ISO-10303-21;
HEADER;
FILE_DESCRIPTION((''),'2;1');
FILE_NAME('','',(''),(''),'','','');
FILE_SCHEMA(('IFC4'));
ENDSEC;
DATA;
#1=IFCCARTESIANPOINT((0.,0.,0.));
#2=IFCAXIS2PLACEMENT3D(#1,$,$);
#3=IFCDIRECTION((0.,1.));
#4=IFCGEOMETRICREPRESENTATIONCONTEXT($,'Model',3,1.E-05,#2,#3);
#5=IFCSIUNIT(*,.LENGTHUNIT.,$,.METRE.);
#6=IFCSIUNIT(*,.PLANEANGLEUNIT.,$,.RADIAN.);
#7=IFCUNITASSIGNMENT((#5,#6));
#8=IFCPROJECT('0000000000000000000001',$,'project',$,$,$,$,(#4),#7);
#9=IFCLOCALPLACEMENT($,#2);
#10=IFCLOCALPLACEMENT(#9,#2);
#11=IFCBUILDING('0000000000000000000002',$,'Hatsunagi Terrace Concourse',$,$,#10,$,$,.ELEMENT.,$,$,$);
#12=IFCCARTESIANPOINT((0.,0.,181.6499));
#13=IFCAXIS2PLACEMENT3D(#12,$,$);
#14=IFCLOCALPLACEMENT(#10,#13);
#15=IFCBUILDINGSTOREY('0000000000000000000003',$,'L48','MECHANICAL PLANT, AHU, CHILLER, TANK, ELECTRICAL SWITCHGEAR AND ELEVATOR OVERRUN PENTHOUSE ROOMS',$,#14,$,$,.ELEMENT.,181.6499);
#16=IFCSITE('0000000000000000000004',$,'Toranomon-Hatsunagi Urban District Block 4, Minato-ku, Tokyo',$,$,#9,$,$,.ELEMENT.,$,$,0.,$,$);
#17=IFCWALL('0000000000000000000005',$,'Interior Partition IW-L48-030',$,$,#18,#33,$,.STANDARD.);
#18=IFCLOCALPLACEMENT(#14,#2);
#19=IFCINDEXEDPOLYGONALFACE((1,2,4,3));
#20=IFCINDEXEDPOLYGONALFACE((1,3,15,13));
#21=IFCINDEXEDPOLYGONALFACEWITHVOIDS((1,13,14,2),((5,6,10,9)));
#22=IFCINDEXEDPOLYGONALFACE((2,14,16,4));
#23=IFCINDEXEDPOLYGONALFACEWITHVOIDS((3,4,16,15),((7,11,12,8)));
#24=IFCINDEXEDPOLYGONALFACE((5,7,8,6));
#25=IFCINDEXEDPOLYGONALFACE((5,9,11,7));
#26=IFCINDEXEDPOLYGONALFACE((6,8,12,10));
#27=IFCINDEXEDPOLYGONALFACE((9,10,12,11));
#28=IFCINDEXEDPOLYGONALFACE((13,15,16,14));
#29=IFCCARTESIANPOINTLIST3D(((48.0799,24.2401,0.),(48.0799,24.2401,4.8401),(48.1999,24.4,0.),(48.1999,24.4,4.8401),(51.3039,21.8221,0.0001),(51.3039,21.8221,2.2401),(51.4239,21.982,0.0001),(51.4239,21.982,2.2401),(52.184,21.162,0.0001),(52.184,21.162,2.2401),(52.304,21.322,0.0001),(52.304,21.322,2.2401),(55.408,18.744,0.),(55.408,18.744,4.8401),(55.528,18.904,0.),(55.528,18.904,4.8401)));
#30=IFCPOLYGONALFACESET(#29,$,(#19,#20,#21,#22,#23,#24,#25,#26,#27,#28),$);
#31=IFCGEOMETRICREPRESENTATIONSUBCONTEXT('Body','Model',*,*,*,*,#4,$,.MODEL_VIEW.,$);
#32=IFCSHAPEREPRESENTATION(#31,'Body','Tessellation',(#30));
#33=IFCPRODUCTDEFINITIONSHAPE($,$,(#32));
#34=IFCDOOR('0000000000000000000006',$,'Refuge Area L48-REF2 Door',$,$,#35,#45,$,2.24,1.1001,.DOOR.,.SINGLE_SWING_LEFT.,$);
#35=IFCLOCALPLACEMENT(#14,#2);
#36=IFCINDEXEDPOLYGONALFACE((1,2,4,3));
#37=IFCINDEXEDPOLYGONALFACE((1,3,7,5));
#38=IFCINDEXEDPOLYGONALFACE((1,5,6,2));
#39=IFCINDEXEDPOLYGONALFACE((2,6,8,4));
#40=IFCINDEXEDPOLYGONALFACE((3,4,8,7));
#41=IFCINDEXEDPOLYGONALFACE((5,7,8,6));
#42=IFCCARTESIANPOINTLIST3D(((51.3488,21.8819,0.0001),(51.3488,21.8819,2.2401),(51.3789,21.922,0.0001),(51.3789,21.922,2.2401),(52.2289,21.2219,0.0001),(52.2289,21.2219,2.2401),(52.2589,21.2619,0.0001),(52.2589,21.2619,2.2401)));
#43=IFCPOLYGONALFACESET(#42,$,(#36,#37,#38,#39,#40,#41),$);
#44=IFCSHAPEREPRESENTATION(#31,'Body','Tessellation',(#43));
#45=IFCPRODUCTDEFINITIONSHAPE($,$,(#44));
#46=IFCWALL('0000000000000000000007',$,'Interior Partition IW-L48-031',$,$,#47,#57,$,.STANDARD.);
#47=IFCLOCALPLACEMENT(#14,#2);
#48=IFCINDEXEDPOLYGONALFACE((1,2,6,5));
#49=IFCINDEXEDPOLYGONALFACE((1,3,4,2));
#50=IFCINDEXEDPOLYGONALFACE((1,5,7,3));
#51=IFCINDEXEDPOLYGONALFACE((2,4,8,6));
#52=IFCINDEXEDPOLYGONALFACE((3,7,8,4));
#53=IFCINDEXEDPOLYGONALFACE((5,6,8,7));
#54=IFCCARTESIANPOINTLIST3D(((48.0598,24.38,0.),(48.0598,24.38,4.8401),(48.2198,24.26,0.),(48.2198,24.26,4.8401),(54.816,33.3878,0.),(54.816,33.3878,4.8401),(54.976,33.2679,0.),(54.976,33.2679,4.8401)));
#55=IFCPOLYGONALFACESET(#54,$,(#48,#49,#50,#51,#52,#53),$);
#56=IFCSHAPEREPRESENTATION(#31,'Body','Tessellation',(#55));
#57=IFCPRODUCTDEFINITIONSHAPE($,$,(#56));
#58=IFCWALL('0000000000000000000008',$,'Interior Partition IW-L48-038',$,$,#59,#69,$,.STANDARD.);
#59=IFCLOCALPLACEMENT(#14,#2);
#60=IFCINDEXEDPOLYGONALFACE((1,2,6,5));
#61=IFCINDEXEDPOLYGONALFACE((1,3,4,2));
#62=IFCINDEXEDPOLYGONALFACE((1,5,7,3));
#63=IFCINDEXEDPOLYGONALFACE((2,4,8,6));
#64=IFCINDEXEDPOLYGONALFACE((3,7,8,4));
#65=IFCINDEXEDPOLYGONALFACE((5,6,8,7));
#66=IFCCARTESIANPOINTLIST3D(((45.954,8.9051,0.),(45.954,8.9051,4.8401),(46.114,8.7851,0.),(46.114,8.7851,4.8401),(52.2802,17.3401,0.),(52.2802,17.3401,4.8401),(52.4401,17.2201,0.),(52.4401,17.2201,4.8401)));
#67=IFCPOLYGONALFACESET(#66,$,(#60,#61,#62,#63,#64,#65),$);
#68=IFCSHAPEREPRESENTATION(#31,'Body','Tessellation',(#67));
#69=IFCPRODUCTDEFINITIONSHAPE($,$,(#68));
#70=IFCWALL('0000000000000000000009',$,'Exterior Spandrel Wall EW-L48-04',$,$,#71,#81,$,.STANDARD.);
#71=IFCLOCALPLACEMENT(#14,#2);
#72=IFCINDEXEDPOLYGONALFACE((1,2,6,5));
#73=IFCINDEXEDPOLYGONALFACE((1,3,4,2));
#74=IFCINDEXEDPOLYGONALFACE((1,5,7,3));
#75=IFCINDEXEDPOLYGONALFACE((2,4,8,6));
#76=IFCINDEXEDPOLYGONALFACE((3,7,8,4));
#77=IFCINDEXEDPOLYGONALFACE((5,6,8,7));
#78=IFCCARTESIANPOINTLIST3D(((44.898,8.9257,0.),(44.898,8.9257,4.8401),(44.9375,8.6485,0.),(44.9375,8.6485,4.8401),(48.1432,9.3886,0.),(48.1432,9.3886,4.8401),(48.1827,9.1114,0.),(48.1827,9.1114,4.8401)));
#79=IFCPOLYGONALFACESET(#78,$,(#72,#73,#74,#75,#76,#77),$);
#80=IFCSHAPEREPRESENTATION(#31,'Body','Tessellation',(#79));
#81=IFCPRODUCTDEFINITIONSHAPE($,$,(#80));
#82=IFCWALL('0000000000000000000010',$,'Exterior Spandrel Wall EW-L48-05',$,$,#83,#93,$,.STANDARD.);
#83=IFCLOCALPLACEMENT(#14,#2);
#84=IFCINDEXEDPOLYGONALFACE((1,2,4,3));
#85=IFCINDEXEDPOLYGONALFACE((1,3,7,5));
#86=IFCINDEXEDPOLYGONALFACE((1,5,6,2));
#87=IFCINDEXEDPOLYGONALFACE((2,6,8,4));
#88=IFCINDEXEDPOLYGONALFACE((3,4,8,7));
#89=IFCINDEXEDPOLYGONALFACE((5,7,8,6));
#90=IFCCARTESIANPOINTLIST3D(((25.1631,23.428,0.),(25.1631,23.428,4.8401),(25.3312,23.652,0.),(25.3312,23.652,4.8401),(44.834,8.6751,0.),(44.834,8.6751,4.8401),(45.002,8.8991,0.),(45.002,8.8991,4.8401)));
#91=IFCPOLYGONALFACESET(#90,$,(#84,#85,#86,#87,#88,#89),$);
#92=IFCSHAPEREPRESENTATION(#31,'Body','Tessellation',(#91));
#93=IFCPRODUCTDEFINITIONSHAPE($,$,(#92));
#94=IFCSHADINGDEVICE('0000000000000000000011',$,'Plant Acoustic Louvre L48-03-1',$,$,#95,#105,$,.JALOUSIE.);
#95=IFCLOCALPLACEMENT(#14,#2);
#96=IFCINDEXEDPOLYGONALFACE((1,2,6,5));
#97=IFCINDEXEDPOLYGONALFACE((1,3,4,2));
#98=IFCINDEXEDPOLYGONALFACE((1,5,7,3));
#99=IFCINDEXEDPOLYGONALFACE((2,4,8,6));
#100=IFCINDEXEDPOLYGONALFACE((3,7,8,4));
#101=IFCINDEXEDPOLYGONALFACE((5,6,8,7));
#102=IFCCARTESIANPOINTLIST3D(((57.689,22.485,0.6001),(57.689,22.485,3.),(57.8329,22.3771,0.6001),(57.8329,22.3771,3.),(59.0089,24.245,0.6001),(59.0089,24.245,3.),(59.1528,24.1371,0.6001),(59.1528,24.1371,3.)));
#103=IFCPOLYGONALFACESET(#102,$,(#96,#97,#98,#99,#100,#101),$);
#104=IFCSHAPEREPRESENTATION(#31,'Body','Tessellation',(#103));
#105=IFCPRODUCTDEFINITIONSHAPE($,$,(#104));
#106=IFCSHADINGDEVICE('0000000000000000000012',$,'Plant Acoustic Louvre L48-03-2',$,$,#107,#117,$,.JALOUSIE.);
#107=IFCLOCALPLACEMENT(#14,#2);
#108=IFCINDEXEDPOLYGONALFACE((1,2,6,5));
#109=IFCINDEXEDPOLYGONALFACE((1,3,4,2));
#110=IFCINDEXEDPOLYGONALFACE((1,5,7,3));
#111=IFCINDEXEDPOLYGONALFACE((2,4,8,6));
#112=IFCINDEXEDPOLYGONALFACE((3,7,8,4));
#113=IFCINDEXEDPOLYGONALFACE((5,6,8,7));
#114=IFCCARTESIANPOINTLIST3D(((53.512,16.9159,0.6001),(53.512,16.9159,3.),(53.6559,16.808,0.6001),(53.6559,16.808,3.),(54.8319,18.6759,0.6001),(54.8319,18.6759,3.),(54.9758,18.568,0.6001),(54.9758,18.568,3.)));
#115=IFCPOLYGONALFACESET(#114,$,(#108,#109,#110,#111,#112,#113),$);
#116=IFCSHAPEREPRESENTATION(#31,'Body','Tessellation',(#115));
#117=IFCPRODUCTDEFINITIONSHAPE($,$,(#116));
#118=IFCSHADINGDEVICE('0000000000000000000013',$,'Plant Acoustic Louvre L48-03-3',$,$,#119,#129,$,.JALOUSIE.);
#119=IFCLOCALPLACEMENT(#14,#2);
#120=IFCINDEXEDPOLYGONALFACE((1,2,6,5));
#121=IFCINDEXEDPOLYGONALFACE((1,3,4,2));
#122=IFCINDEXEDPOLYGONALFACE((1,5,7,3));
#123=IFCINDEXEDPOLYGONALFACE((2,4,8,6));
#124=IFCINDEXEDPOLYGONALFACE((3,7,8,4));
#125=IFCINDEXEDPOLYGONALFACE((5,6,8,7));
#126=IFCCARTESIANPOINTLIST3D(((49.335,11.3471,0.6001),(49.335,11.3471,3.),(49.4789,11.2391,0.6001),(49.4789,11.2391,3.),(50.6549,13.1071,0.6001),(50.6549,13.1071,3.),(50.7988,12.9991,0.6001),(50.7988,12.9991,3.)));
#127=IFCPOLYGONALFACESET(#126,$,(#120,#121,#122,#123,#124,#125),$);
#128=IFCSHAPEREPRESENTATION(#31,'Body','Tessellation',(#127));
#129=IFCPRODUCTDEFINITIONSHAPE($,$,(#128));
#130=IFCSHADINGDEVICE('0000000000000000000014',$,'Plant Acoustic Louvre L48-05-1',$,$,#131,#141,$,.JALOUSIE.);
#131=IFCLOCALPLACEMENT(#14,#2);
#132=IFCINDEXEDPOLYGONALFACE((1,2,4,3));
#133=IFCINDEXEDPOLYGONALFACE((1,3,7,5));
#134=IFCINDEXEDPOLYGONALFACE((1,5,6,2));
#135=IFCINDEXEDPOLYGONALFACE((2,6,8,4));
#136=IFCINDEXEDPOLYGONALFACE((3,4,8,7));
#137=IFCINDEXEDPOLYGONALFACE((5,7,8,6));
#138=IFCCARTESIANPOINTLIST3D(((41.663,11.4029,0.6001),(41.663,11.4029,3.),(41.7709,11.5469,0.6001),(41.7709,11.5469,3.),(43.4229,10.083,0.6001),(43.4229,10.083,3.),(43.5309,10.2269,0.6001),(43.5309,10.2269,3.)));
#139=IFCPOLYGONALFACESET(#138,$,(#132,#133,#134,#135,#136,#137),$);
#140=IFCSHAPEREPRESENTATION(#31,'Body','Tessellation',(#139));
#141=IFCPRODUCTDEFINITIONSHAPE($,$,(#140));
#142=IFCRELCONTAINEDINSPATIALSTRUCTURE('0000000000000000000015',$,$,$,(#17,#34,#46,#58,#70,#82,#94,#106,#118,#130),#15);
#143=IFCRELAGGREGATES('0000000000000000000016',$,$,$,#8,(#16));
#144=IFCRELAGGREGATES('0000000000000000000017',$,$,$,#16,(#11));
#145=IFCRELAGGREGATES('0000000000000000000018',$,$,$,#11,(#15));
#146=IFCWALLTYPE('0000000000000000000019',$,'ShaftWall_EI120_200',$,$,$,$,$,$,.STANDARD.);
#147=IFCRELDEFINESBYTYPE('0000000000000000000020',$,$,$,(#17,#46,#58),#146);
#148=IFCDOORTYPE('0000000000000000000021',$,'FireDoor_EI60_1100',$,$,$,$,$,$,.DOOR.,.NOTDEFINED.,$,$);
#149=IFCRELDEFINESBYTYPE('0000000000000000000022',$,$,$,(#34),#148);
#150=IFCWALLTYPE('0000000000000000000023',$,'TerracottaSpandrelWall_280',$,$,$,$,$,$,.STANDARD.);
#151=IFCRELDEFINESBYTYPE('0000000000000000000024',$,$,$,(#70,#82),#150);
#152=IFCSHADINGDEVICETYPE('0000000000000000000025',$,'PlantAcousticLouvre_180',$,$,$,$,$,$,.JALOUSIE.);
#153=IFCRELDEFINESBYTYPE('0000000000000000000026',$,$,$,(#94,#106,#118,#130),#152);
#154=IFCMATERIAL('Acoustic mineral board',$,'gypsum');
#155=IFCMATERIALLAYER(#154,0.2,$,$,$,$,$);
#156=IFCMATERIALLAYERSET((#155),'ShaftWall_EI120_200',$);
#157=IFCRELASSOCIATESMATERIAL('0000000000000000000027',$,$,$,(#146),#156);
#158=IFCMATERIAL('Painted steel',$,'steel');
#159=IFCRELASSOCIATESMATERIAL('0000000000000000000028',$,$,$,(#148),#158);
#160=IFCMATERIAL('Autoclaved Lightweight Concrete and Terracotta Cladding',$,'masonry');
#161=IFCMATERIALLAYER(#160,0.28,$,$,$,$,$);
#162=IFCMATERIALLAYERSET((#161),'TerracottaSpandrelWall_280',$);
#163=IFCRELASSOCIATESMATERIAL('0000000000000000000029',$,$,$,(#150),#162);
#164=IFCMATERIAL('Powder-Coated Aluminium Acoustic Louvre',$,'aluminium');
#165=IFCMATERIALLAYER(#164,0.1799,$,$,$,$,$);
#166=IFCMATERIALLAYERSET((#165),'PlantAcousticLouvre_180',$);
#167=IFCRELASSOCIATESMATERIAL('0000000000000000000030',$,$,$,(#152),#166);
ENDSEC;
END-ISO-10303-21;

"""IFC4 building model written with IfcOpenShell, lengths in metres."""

from ifc_helpers import new_model, si_unit, direction, frame, frame_2d, origin, origin_2d, place, context, subcontext, project, spatial, rectangle, extrude, material, layer, layer_set, type_object, element, fill, save


model = new_model("IFC4")

# Units and contexts
model_context = context("Model", 3, precision=1e-05, world=origin(), true_north=direction((0.0, 1.0)))
body_context = subcontext(model_context, "Body", "Model", "MODEL_VIEW")
ifc_project = project(units=[si_unit("LENGTHUNIT", "METRE"), si_unit("PLANEANGLEUNIT", "RADIAN")], contexts=[model_context])

# Site, building, storey
site_placement = place(None, origin())
site = spatial("IfcSite", under=ifc_project, at=site_placement, Name="Toranomon-Hatsunagi Urban District Block 4, Minato-ku, Tokyo", CompositionType="ELEMENT", RefElevation=0.0)
building_placement = place(site_placement, origin())
building = spatial("IfcBuilding", under=site, at=building_placement, Name="Hatsunagi Terrace Concourse", CompositionType="ELEMENT")
storey_placement = place(building_placement, frame((0.0, 0.0, 181.6499)))
storey = spatial("IfcBuildingStorey", under=building, at=storey_placement, Name="L48", Description="MECHANICAL PLANT, AHU, CHILLER, TANK, ELECTRICAL SWITCHGEAR AND ELEVATOR OVERRUN PENTHOUSE ROOMS", CompositionType="ELEMENT", Elevation=181.6499)

# Wall, opening, door
ifc_material_1 = material(Name="Acoustic mineral board", Category="gypsum")
ifc_layer_1 = layer(ifc_material_1, 0.2)
ifc_layer_set_1 = layer_set([ifc_layer_1], Name="ShaftWall_EI120_200")
wall_type_1 = type_object("IfcWallType", Name="ShaftWall_EI120_200", PredefinedType="STANDARD", material=ifc_layer_set_1)
wall_1_placement = place(storey_placement, frame((48.1399, 24.3201, 0.0), z_axis=(0.0, 0.0, 1.0), x_axis=(0.8, -0.6, 0.0)))
wall_1 = element("IfcWall", 1, at=wall_1_placement, inside=storey, type_object=wall_type_1, Name="Interior Partition IW-L48-030", PredefinedType="STANDARD", context=body_context, shape_type="SweptSolid", body=[
    extrude(rectangle(XDim=9.1602, YDim=0.2, at=frame_2d((4.5801, 0.0))), origin(), (0.0, 0.0, 1.0), 4.8401),
])
opening_placement = place(wall_1_placement, frame((4.03, 0.0, 0.0)))
opening = element("IfcOpeningElement", 2, at=opening_placement, cuts=wall_1, PredefinedType="OPENING", context=body_context, shape_type="SweptSolid", body=[
    extrude(rectangle(XDim=1.1001, YDim=2.24, at=frame_2d((0.55, 1.1201))), frame((0.0, 0.1099, 0.0), z_axis=(0.0, -1.0, 0.0), x_axis=(1.0, 0.0, 0.0)), (0.0, 0.0, 1.0), 0.22),
])
ifc_material_2 = material(Name="Painted steel", Category="steel")
door_type = type_object("IfcDoorType", Name="FireDoor_EI60_1100", OperationType="NOTDEFINED", PredefinedType="DOOR", material=ifc_material_2)
door_placement = place(opening_placement, origin())
door = element("IfcDoor", 3, at=door_placement, inside=storey, type_object=door_type, Name="Refuge Area L48-REF2 Door", OperationType="SINGLE_SWING_LEFT", OverallHeight=2.24, OverallWidth=1.1001, PredefinedType="DOOR", context=body_context, shape_type="SweptSolid", body=[
    extrude(rectangle(XDim=1.1001, YDim=2.24, at=frame_2d((0.55, 1.1201))), frame((0.0, 0.0249, 0.0), z_axis=(0.0, -1.0, 0.0), x_axis=(1.0, 0.0, 0.0)), (0.0, 0.0, 1.0), 0.05),
])
fill(opening, door)

# Walls
wall_2_placement = place(storey_placement, frame((48.1399, 24.3201, 0.0), z_axis=(0.0, 0.0, 1.0), x_axis=(0.600014, 0.79999, 0.0)))
element("IfcWall", 4, at=wall_2_placement, inside=storey, type_object=wall_type_1, Name="Interior Partition IW-L48-031", PredefinedType="STANDARD", context=body_context, shape_type="SweptSolid", body=[
    extrude(rectangle(XDim=11.26, YDim=0.2, at=frame_2d((5.6299, 0.0))), origin(), (0.0, 0.0, 1.0), 4.8401),
])
wall_3_placement = place(storey_placement, frame((46.0339, 8.845, 0.0), z_axis=(0.0, 0.0, 1.0), x_axis=(0.599993, 0.800006, 0.0)))
element("IfcWall", 5, at=wall_3_placement, inside=storey, type_object=wall_type_1, Name="Interior Partition IW-L48-038", PredefinedType="STANDARD", context=body_context, shape_type="SweptSolid", body=[
    extrude(rectangle(XDim=10.5437, YDim=0.2, at=frame_2d((5.272, 0.0))), origin(), (0.0, 0.0, 1.0), 4.8401),
])
ifc_material_3 = material(Name="Autoclaved Lightweight Concrete and Terracotta Cladding", Category="masonry")
ifc_layer_2 = layer(ifc_material_3, 0.28)
ifc_layer_set_2 = layer_set([ifc_layer_2], Name="TerracottaSpandrelWall_280")
wall_type_2 = type_object("IfcWallType", Name="TerracottaSpandrelWall_280", PredefinedType="STANDARD", material=ifc_layer_set_2)
wall_4_placement = place(storey_placement, frame((48.1631, 9.25, 0.0), z_axis=(0.0, 0.0, 1.0), x_axis=(-0.989979, -0.141213, 0.0)))
element("IfcWall", 6, at=wall_4_placement, inside=storey, type_object=wall_type_2, Name="Exterior Spandrel Wall EW-L48-04", PredefinedType="STANDARD", context=body_context, shape_type="SweptSolid", body=[
    extrude(rectangle(XDim=3.2781, YDim=0.28, at=frame_2d((1.6392, 0.0))), origin(), (0.0, 0.0, 1.0), 4.8401),
])
wall_5_placement = place(storey_placement, frame((44.918, 8.7871, 0.0), z_axis=(0.0, 0.0, 1.0), x_axis=(-0.800005, 0.599994, 0.0)))
element("IfcWall", 7, at=wall_5_placement, inside=storey, type_object=wall_type_2, Name="Exterior Spandrel Wall EW-L48-05", PredefinedType="STANDARD", context=body_context, shape_type="SweptSolid", body=[
    extrude(rectangle(XDim=24.5884, YDim=0.28, at=frame_2d((12.2942, 0.0))), origin(), (0.0, 0.0, 1.0), 4.8401),
])

# Shading devices
ifc_material_4 = material(Name="Powder-Coated Aluminium Acoustic Louvre", Category="aluminium")
ifc_layer_3 = layer(ifc_material_4, 0.1799)
ifc_layer_set_3 = layer_set([ifc_layer_3], Name="PlantAcousticLouvre_180")
shading_device_type = type_object("IfcShadingDeviceType", Name="PlantAcousticLouvre_180", PredefinedType="JALOUSIE", material=ifc_layer_set_3)
for number, where, z_axis, x_axis, name in (
    (8, (58.4209, 23.311, 0.6001), (0.0, 0.0, 1.0), (-0.599969, -0.800023, 0.0), "Plant Acoustic Louvre L48-03-1"),
    (9, (54.2439, 17.7419, 0.6001), (0.0, 0.0, 1.0), (-0.599969, -0.800023, 0.0), "Plant Acoustic Louvre L48-03-2"),
    (10, (50.0669, 12.1731, 0.6001), (0.0, 0.0, 1.0), (-0.599969, -0.800023, 0.0), "Plant Acoustic Louvre L48-03-3"),
    (11, (42.5969, 10.8149, 0.6001), (0.0, 0.0, 1.0), (-0.800005, 0.599993, 0.0), "Plant Acoustic Louvre L48-05-1"),
):
    element("IfcShadingDevice", number, at=place(storey_placement, frame(where, z_axis=z_axis, x_axis=x_axis)), inside=storey, type_object=shading_device_type, Name=name, PredefinedType="JALOUSIE", context=body_context, shape_type="SweptSolid", body=[
        extrude(rectangle(XDim=2.2, YDim=0.1799, at=origin_2d()), origin(), (0.0, 0.0, 1.0), 2.3999),
    ])

save(model, "model.ifc")
